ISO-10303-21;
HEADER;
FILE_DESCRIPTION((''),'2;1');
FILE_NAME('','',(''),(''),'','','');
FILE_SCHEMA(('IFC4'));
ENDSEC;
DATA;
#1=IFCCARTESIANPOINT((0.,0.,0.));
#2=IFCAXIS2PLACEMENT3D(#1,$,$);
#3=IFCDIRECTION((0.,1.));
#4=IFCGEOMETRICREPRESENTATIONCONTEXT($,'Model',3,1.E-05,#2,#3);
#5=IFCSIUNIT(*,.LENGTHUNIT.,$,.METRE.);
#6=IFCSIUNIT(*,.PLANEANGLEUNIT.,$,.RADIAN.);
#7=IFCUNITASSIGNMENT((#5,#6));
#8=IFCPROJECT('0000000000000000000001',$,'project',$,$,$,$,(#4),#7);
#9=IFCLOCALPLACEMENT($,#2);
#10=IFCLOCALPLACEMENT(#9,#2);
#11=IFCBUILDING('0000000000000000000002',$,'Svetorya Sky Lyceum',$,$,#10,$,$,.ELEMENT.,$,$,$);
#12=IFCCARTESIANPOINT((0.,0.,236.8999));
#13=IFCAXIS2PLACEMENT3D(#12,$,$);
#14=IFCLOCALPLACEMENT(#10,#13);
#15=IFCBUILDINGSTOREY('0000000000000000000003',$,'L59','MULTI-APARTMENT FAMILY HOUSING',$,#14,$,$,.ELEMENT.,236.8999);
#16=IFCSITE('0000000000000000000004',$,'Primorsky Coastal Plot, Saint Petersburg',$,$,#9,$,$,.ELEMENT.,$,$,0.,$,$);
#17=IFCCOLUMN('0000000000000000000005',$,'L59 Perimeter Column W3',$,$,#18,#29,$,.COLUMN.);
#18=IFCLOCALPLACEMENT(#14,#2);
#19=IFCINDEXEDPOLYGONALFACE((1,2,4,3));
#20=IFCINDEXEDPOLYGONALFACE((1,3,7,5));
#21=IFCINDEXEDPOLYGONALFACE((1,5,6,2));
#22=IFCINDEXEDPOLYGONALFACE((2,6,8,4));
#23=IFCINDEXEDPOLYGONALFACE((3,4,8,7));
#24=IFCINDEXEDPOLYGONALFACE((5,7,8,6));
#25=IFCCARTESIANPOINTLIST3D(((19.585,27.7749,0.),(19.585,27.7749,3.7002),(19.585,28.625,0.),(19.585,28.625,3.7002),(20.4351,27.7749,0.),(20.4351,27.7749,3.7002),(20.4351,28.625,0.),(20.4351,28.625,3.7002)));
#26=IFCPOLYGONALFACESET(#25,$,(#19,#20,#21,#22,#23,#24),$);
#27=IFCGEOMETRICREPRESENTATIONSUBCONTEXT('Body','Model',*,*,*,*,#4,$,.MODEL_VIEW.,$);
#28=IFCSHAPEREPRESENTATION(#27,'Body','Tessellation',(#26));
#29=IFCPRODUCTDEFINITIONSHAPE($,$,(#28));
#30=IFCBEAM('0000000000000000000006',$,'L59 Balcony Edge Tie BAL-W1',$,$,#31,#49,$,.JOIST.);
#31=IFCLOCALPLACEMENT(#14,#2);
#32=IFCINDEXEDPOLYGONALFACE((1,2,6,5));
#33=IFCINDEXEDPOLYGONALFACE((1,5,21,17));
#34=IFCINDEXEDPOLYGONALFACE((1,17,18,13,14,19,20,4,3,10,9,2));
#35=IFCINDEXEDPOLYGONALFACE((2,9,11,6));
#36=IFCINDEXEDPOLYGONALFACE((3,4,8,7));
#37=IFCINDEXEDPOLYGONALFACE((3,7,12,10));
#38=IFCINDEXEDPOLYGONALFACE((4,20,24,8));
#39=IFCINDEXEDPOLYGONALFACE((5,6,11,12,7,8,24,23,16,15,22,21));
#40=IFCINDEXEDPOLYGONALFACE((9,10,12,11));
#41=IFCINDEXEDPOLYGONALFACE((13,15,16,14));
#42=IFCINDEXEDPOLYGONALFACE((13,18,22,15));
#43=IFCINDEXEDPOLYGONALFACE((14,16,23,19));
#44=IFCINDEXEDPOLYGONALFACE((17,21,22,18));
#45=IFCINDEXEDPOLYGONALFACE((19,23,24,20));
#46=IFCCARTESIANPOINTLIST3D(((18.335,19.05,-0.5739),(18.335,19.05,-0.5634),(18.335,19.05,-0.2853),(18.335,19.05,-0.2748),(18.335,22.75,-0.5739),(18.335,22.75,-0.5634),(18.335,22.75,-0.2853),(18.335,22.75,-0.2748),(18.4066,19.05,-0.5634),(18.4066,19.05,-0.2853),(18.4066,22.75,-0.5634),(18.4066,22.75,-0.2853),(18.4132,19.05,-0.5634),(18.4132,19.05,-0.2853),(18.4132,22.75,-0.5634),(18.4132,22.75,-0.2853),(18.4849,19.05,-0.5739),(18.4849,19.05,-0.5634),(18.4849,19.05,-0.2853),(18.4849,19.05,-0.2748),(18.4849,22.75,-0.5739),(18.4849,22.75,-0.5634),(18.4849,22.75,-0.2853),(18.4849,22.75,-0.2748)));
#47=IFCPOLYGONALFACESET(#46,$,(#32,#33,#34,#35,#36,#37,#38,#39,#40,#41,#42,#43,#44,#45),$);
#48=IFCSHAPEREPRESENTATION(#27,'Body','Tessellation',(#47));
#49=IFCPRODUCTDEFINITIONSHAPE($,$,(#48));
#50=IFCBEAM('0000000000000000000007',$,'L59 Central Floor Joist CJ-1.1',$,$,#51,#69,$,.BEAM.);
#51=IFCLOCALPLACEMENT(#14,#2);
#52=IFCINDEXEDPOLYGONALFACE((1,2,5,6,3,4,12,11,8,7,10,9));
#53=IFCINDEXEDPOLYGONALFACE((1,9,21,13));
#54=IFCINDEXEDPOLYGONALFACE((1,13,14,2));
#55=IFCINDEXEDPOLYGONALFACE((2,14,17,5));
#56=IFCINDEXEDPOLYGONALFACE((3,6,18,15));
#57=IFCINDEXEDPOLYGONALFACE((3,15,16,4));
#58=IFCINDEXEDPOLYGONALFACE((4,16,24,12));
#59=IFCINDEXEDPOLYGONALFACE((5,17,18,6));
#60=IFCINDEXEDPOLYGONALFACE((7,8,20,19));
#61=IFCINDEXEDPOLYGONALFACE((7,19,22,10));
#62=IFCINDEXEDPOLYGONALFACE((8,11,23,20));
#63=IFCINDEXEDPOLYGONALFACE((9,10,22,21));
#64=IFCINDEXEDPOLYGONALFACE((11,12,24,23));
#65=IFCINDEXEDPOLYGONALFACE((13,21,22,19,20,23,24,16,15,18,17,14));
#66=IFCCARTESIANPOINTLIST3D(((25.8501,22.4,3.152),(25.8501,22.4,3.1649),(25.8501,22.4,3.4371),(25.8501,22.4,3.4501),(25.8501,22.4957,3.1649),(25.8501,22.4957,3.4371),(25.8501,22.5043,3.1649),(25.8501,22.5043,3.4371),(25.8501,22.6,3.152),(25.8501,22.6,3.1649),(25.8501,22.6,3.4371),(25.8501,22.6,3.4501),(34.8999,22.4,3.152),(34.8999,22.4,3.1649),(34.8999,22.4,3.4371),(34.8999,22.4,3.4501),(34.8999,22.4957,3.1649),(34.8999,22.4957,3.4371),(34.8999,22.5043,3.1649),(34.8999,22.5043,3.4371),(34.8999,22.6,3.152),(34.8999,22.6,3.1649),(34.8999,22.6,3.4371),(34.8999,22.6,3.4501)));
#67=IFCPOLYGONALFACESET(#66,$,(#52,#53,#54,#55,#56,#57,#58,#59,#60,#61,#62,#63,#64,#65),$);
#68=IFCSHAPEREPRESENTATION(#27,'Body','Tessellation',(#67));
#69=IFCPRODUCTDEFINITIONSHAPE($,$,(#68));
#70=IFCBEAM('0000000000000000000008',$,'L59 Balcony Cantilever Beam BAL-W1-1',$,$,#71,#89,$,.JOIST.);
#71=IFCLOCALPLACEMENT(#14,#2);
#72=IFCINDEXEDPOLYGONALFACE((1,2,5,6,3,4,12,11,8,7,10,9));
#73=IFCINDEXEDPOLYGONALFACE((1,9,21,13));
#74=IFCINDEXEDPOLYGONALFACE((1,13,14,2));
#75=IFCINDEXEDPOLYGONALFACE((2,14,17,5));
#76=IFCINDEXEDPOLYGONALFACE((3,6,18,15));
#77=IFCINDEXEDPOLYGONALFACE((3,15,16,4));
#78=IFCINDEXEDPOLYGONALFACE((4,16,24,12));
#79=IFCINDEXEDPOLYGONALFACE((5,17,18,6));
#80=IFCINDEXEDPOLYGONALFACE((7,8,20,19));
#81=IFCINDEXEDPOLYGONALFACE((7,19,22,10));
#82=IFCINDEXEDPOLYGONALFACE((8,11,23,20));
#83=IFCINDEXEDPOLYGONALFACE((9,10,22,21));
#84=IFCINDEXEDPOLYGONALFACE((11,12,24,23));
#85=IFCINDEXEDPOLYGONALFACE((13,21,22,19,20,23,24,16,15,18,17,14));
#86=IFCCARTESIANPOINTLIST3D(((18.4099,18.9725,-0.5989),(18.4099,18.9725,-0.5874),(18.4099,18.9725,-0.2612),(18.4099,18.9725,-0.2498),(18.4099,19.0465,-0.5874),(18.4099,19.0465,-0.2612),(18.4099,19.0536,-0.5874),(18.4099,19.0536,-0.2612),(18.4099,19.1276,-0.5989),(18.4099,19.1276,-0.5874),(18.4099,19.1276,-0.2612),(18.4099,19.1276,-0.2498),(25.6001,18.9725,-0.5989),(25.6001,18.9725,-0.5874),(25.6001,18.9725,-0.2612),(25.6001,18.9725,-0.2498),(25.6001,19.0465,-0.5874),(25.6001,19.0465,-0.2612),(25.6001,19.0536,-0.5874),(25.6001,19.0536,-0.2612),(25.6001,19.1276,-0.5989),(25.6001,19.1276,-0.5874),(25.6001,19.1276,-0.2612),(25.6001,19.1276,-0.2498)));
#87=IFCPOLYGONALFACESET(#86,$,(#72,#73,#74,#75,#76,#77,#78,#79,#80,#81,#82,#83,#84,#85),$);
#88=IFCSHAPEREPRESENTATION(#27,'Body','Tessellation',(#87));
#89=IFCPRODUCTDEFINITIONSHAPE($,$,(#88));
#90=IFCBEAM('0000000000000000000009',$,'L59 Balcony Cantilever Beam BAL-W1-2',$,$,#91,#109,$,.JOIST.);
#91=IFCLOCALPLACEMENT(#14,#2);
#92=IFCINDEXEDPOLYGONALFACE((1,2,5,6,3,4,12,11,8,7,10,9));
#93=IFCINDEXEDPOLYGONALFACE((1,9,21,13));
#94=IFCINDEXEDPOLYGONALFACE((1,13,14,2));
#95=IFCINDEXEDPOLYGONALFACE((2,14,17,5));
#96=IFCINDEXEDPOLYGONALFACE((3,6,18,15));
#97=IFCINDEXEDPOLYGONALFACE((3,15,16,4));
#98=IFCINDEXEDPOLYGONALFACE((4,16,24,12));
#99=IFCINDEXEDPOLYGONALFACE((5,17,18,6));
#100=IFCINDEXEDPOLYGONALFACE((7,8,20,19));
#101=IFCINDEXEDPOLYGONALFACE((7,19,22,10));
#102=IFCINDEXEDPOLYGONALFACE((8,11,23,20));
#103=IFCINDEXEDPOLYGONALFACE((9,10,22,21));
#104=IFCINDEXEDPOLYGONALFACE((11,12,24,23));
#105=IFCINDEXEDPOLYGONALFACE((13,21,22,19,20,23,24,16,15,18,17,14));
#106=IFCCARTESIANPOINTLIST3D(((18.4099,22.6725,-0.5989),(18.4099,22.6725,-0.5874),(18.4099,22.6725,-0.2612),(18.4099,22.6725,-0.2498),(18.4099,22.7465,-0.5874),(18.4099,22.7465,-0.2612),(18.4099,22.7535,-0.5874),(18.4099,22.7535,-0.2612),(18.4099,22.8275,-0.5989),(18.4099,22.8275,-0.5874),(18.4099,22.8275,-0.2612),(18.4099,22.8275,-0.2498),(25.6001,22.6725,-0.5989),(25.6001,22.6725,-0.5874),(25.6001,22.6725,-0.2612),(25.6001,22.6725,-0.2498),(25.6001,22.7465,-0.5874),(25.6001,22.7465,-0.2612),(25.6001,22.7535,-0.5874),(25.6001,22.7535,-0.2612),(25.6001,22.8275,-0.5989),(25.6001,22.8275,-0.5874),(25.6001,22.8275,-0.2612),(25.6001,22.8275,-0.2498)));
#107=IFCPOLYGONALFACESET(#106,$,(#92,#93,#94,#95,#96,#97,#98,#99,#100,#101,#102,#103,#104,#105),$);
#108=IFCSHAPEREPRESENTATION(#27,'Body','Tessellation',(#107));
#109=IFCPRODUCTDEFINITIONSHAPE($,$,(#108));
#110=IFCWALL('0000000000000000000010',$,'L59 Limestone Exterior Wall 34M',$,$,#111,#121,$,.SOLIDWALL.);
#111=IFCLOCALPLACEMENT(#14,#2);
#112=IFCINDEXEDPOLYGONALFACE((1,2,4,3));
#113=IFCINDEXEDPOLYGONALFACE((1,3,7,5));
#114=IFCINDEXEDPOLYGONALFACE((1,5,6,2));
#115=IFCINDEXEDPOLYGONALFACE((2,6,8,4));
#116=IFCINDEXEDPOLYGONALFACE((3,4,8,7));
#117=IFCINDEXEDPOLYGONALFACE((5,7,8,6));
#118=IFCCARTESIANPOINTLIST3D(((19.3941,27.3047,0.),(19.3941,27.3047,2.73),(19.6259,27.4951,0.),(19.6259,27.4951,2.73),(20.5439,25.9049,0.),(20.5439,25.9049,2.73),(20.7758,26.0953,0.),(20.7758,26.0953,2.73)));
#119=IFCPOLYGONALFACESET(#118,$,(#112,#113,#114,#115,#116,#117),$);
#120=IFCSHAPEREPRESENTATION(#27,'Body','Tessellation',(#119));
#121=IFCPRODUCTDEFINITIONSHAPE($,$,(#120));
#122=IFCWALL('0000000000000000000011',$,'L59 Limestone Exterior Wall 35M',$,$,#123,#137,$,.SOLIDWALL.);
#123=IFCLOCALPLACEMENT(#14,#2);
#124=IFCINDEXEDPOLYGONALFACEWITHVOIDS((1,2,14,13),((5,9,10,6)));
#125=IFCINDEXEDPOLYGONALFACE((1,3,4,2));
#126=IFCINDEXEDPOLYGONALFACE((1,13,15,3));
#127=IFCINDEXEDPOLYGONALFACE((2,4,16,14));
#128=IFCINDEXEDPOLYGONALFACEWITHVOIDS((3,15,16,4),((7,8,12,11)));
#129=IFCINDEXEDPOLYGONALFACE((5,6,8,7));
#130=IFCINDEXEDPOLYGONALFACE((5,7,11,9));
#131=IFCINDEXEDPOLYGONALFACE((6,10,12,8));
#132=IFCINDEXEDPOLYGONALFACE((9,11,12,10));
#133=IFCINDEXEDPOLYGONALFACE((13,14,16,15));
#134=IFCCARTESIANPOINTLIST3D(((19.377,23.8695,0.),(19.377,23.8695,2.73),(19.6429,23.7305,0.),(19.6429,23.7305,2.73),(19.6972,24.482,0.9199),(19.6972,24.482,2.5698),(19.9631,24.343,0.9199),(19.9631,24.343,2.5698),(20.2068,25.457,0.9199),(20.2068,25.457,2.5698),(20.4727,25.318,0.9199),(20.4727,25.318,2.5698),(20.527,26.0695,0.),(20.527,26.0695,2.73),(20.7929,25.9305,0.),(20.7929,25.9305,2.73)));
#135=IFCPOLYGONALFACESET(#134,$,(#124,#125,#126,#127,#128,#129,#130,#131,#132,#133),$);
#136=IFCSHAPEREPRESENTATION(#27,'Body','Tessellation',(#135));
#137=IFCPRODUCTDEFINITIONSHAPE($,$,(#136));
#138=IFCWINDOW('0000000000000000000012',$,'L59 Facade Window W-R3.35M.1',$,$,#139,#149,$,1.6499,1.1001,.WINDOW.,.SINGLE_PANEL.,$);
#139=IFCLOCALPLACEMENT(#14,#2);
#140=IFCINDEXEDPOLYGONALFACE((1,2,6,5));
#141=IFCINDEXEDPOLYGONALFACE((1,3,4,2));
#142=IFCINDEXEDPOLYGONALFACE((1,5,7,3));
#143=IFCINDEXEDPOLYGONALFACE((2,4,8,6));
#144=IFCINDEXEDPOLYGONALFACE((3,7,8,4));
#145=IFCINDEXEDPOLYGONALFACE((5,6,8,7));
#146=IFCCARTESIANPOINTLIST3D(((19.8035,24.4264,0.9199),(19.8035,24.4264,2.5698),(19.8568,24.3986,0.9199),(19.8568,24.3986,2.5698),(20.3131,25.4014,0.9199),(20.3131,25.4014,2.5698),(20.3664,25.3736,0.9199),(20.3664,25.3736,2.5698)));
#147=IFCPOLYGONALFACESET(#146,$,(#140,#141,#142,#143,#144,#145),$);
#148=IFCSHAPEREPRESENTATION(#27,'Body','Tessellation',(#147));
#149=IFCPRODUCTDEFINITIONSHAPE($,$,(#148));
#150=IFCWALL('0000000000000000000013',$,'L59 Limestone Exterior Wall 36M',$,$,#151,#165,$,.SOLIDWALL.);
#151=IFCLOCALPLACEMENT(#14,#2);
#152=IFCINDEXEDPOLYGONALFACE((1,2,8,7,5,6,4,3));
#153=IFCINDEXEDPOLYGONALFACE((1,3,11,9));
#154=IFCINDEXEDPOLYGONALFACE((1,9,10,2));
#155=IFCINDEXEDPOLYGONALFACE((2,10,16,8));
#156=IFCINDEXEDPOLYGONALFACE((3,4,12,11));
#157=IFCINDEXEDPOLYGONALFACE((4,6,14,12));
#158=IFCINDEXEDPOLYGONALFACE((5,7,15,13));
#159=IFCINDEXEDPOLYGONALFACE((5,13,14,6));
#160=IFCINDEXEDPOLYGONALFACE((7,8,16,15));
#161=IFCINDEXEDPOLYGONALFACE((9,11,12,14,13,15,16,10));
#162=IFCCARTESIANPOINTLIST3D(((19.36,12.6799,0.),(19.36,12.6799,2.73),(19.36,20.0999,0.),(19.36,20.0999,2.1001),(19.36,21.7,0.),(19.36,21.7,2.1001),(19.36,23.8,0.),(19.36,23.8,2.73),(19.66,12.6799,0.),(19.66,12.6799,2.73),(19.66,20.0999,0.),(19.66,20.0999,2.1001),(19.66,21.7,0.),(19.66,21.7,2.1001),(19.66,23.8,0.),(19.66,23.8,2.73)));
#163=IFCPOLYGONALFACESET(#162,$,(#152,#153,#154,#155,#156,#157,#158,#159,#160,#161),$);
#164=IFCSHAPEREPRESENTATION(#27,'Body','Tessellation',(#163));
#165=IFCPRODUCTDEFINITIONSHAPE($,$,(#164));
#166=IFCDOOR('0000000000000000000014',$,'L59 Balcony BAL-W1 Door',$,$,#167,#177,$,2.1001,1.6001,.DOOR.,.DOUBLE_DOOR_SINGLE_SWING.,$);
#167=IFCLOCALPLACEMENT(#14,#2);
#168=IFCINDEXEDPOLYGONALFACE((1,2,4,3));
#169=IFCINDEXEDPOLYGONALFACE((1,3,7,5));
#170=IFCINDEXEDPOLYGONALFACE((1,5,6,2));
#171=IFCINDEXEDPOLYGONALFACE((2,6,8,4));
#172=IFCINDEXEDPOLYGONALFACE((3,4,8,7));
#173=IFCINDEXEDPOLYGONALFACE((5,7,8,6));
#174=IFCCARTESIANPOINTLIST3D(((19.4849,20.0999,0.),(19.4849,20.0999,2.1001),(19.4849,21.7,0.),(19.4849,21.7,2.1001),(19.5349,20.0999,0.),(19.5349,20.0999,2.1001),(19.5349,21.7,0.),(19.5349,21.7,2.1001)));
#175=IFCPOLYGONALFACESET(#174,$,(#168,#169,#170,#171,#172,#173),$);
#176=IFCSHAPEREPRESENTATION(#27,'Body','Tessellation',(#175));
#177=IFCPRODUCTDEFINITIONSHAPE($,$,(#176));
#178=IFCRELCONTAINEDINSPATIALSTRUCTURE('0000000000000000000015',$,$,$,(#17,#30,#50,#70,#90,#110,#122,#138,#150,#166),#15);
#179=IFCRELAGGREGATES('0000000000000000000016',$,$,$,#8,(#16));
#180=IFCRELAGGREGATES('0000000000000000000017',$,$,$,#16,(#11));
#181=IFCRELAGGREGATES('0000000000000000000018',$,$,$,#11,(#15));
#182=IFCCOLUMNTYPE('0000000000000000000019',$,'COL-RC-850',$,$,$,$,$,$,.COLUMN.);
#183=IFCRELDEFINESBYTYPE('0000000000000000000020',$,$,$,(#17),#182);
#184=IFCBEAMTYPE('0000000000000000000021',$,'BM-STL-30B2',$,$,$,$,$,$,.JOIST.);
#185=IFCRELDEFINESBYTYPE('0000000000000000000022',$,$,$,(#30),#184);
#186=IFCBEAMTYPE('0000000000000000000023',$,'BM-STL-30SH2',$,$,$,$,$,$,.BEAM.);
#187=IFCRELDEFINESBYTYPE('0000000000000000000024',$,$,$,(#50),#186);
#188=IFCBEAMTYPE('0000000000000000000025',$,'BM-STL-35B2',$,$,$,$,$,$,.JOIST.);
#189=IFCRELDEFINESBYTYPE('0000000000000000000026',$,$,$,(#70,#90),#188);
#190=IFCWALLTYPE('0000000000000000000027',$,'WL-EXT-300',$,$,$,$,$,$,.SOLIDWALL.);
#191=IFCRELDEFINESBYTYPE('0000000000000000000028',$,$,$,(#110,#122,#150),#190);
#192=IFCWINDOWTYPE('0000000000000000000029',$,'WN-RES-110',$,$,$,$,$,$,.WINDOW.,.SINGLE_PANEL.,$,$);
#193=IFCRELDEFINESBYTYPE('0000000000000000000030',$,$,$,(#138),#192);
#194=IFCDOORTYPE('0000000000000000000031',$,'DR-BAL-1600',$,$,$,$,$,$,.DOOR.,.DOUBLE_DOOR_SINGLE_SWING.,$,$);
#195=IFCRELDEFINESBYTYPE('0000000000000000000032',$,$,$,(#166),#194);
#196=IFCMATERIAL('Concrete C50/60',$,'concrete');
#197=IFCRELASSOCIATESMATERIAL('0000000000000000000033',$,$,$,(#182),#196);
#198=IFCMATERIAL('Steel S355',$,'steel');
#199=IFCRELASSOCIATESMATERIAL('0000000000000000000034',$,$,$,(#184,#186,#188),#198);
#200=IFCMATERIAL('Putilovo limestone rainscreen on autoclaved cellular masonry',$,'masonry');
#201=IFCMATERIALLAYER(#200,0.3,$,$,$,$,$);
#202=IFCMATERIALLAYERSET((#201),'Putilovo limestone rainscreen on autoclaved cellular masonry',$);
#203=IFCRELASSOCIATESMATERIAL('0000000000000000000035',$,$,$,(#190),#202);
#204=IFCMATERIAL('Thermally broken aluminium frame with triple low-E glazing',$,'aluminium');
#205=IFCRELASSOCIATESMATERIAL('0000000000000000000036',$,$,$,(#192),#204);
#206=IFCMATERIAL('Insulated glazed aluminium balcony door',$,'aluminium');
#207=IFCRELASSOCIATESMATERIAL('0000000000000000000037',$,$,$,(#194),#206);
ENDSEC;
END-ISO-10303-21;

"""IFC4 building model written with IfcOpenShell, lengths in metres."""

from ifc_helpers import new_model, si_unit, direction, frame, frame_2d, origin, origin_2d, place, context, subcontext, project, spatial, rectangle, i_section, extrude, material, layer, layer_set, material_profile, profile_set, type_object, element, fill, save


model = new_model("IFC4")

# Units and contexts
model_context = context("Model", 3, precision=1e-05, world=origin(), true_north=direction((0.0, 1.0)))
body_context = subcontext(model_context, "Body", "Model", "MODEL_VIEW")
ifc_project = project(units=[si_unit("LENGTHUNIT", "METRE"), si_unit("PLANEANGLEUNIT", "RADIAN")], contexts=[model_context])

# Site, building, storey
site_placement = place(None, origin())
site = spatial("IfcSite", under=ifc_project, at=site_placement, Name="Primorsky Coastal Plot, Saint Petersburg", CompositionType="ELEMENT", RefElevation=0.0)
building_placement = place(site_placement, origin())
building = spatial("IfcBuilding", under=site, at=building_placement, Name="Svetorya Sky Lyceum", CompositionType="ELEMENT")
storey_placement = place(building_placement, frame((0.0, 0.0, 236.8999)))
storey = spatial("IfcBuildingStorey", under=building, at=storey_placement, Name="L59", Description="MULTI-APARTMENT FAMILY HOUSING", CompositionType="ELEMENT", Elevation=236.8999)

# Column
ifc_material_1 = material(Name="Concrete C50/60", Category="concrete")
ifc_material_profile_1 = material_profile(ifc_material_1, rectangle(XDim=0.8501, YDim=0.8501, at=origin_2d()), Name="RC COL 850x850")
ifc_profile_set_1 = profile_set([ifc_material_profile_1], Name="Concrete C50/60")
column_type = type_object("IfcColumnType", Name="COL-RC-850", PredefinedType="COLUMN", material=ifc_profile_set_1)
column_placement = place(storey_placement, frame((20.01, 28.2, 0.0), z_axis=(0.0, 0.0, 1.0), x_axis=(1.0, 0.0, 0.0)))
element("IfcColumn", 1, at=column_placement, inside=storey, type_object=column_type, Name="L59 Perimeter Column W3", PredefinedType="COLUMN", context=body_context, shape_type="SweptSolid", body=[
    extrude(rectangle(XDim=0.8501, YDim=0.8501, at=origin_2d()), origin(), (0.0, 0.0, 1.0), 3.7002),
])

# Beams
ifc_material_2 = material(Name="Steel S355", Category="steel")
ifc_material_profile_2 = material_profile(ifc_material_2, i_section(OverallWidth=0.1499, OverallDepth=0.2991, WebThickness=0.0066, FlangeThickness=0.0105, at=origin_2d()), Name="GOST 30B2")
ifc_profile_set_2 = profile_set([ifc_material_profile_2], Name="Steel S355")
beam_type_1 = type_object("IfcBeamType", Name="BM-STL-30B2", PredefinedType="JOIST", material=ifc_profile_set_2)
beam_1_placement = place(storey_placement, frame((18.4099, 19.05, -0.4243), z_axis=(0.0, 1.0, 0.0), x_axis=(-1.0, 0.0, 0.0)))
element("IfcBeam", 2, at=beam_1_placement, inside=storey, type_object=beam_type_1, Name="L59 Balcony Edge Tie BAL-W1", PredefinedType="JOIST", context=body_context, shape_type="SweptSolid", body=[
    extrude(i_section(OverallWidth=0.1499, OverallDepth=0.2991, WebThickness=0.0066, FlangeThickness=0.0105, at=origin_2d()), origin(), (0.0, 0.0, 1.0), 3.7),
])
ifc_material_profile_3 = material_profile(ifc_material_2, i_section(OverallWidth=0.2, OverallDepth=0.2981, WebThickness=0.0085, FlangeThickness=0.0129, at=origin_2d()), Name="GOST 30Sh2")
ifc_profile_set_3 = profile_set([ifc_material_profile_3], Name="Steel S355")
beam_type_2 = type_object("IfcBeamType", Name="BM-STL-30SH2", PredefinedType="BEAM", material=ifc_profile_set_3)
beam_2_placement = place(storey_placement, frame((25.8501, 22.5, 3.301), z_axis=(1.0, 0.0, 0.0), x_axis=(0.0, 1.0, 0.0)))
element("IfcBeam", 3, at=beam_2_placement, inside=storey, type_object=beam_type_2, Name="L59 Central Floor Joist CJ-1.1", PredefinedType="BEAM", context=body_context, shape_type="SweptSolid", body=[
    extrude(i_section(OverallWidth=0.2, OverallDepth=0.2981, WebThickness=0.0085, FlangeThickness=0.0129, at=origin_2d()), origin(), (0.0, 0.0, 1.0), 9.0498),
])
ifc_material_profile_4 = material_profile(ifc_material_2, i_section(OverallWidth=0.155, OverallDepth=0.3491, WebThickness=0.0071, FlangeThickness=0.0115, at=origin_2d()), Name="GOST 35B2")
ifc_profile_set_4 = profile_set([ifc_material_profile_4], Name="Steel S355")
beam_type_3 = type_object("IfcBeamType", Name="BM-STL-35B2", PredefinedType="JOIST", material=ifc_profile_set_4)
for number, where, z_axis, x_axis, name in (
    (4, (25.6001, 19.05, -0.4243), (-1.0, 0.0, 0.0), (0.0, -1.0, 0.0), "L59 Balcony Cantilever Beam BAL-W1-1"),
    (5, (25.6001, 22.75, -0.4243), (-1.0, 0.0, 0.0), (0.0, -1.0, 0.0), "L59 Balcony Cantilever Beam BAL-W1-2"),
):
    element("IfcBeam", number, at=place(storey_placement, frame(where, z_axis=z_axis, x_axis=x_axis)), inside=storey, type_object=beam_type_3, Name=name, PredefinedType="JOIST", context=body_context, shape_type="SweptSolid", body=[
        extrude(i_section(OverallWidth=0.155, OverallDepth=0.3491, WebThickness=0.0071, FlangeThickness=0.0115, at=origin_2d()), origin(), (0.0, 0.0, 1.0), 7.1902),
    ])

# Wall
ifc_material_3 = material(Name="Putilovo limestone rainscreen on autoclaved cellular masonry", Category="masonry")
ifc_layer_1 = layer(ifc_material_3, 0.3)
ifc_layer_set_1 = layer_set([ifc_layer_1], Name="Putilovo limestone rainscreen on autoclaved cellular masonry")
wall_type_1 = type_object("IfcWallType", Name="WL-EXT-300", PredefinedType="SOLIDWALL", material=ifc_layer_set_1)
wall_1_placement = place(storey_placement, frame((19.51, 27.3999, 0.0), z_axis=(0.0, 0.0, 1.0), x_axis=(0.634734, -0.772731, 0.0)))
element("IfcWall", 6, at=wall_1_placement, inside=storey, type_object=wall_type_1, Name="L59 Limestone Exterior Wall 34M", PredefinedType="SOLIDWALL", context=body_context, shape_type="SweptSolid", body=[
    extrude(rectangle(XDim=1.8115, YDim=0.3, at=frame_2d((0.9058, 0.0))), origin(), (0.0, 0.0, 1.0), 2.73),
])

# Wall, opening, window
wall_2_placement = place(storey_placement, frame((20.6599, 26.0, 0.0), z_axis=(0.0, 0.0, 1.0), x_axis=(-0.463231, -0.886237, 0.0)))
wall_2 = element("IfcWall", 7, at=wall_2_placement, inside=storey, type_object=wall_type_1, Name="L59 Limestone Exterior Wall 35M", PredefinedType="SOLIDWALL", context=body_context, shape_type="SweptSolid", body=[
    extrude(rectangle(XDim=2.4824, YDim=0.3, at=frame_2d((1.2412, 0.0))), origin(), (0.0, 0.0, 1.0), 2.73),
])
opening_1_placement = place(wall_2_placement, frame((0.6912, 0.0, 0.9199)))
opening_1 = element("IfcOpeningElement", 8, at=opening_1_placement, cuts=wall_2, PredefinedType="OPENING", context=body_context, shape_type="SweptSolid", body=[
    extrude(rectangle(XDim=1.1001, YDim=1.6499, at=frame_2d((0.55, 0.825))), frame((0.0, 0.1599, 0.0), z_axis=(0.0, -1.0, 0.0), x_axis=(1.0, 0.0, 0.0)), (0.0, 0.0, 1.0), 0.3201),
])
ifc_material_4 = material(Name="Thermally broken aluminium frame with triple low-E glazing", Category="aluminium")
window_type = type_object("IfcWindowType", Name="WN-RES-110", PartitioningType="SINGLE_PANEL", PredefinedType="WINDOW", material=ifc_material_4)
window_placement = place(opening_1_placement, origin())
window = element("IfcWindow", 9, at=window_placement, inside=storey, type_object=window_type, Name="L59 Facade Window W-R3.35M.1", OverallHeight=1.6499, OverallWidth=1.1001, PartitioningType="SINGLE_PANEL", PredefinedType="WINDOW", context=body_context, shape_type="SweptSolid", body=[
    extrude(rectangle(XDim=1.1001, YDim=1.6499, at=frame_2d((0.55, 0.825))), frame((0.0, 0.03, 0.0), z_axis=(0.0, -1.0, 0.0), x_axis=(1.0, 0.0, 0.0)), (0.0, 0.0, 1.0), 0.0601),
])
fill(opening_1, window)

# Wall, opening, door
wall_3_placement = place(storey_placement, frame((19.51, 23.8, 0.0), z_axis=(0.0, 0.0, 1.0), x_axis=(0.0, -1.0, 0.0)))
wall_3 = element("IfcWall", 10, at=wall_3_placement, inside=storey, type_object=wall_type_1, Name="L59 Limestone Exterior Wall 36M", PredefinedType="SOLIDWALL", context=body_context, shape_type="SweptSolid", body=[
    extrude(rectangle(XDim=11.1201, YDim=0.3, at=frame_2d((5.5601, 0.0))), origin(), (0.0, 0.0, 1.0), 2.73),
])
opening_2_placement = place(wall_3_placement, frame((2.1001, 0.0, 0.0)))
opening_2 = element("IfcOpeningElement", 11, at=opening_2_placement, cuts=wall_3, PredefinedType="OPENING", context=body_context, shape_type="SweptSolid", body=[
    extrude(rectangle(XDim=1.6001, YDim=2.1001, at=frame_2d((0.8, 1.05))), frame((0.0, 0.1599, 0.0), z_axis=(0.0, -1.0, 0.0), x_axis=(1.0, 0.0, 0.0)), (0.0, 0.0, 1.0), 0.3201),
])
ifc_material_5 = material(Name="Insulated glazed aluminium balcony door", Category="aluminium")
door_type_1 = type_object("IfcDoorType", Name="DR-BAL-1600", OperationType="DOUBLE_DOOR_SINGLE_SWING", PredefinedType="DOOR", material=ifc_material_5)
door_1_placement = place(opening_2_placement, origin())
door_1 = element("IfcDoor", 12, at=door_1_placement, inside=storey, type_object=door_type_1, Name="L59 Balcony BAL-W1 Door", OperationType="DOUBLE_DOOR_SINGLE_SWING", OverallHeight=2.1001, OverallWidth=1.6001, PredefinedType="DOOR", context=body_context, shape_type="SweptSolid", body=[
    extrude(rectangle(XDim=1.6001, YDim=2.1001, at=frame_2d((0.8, 1.05))), frame((0.0, 0.0249, 0.0), z_axis=(0.0, -1.0, 0.0), x_axis=(1.0, 0.0, 0.0)), (0.0, 0.0, 1.0), 0.05),
])
fill(opening_2, door_1)

save(model, "model.ifc")
